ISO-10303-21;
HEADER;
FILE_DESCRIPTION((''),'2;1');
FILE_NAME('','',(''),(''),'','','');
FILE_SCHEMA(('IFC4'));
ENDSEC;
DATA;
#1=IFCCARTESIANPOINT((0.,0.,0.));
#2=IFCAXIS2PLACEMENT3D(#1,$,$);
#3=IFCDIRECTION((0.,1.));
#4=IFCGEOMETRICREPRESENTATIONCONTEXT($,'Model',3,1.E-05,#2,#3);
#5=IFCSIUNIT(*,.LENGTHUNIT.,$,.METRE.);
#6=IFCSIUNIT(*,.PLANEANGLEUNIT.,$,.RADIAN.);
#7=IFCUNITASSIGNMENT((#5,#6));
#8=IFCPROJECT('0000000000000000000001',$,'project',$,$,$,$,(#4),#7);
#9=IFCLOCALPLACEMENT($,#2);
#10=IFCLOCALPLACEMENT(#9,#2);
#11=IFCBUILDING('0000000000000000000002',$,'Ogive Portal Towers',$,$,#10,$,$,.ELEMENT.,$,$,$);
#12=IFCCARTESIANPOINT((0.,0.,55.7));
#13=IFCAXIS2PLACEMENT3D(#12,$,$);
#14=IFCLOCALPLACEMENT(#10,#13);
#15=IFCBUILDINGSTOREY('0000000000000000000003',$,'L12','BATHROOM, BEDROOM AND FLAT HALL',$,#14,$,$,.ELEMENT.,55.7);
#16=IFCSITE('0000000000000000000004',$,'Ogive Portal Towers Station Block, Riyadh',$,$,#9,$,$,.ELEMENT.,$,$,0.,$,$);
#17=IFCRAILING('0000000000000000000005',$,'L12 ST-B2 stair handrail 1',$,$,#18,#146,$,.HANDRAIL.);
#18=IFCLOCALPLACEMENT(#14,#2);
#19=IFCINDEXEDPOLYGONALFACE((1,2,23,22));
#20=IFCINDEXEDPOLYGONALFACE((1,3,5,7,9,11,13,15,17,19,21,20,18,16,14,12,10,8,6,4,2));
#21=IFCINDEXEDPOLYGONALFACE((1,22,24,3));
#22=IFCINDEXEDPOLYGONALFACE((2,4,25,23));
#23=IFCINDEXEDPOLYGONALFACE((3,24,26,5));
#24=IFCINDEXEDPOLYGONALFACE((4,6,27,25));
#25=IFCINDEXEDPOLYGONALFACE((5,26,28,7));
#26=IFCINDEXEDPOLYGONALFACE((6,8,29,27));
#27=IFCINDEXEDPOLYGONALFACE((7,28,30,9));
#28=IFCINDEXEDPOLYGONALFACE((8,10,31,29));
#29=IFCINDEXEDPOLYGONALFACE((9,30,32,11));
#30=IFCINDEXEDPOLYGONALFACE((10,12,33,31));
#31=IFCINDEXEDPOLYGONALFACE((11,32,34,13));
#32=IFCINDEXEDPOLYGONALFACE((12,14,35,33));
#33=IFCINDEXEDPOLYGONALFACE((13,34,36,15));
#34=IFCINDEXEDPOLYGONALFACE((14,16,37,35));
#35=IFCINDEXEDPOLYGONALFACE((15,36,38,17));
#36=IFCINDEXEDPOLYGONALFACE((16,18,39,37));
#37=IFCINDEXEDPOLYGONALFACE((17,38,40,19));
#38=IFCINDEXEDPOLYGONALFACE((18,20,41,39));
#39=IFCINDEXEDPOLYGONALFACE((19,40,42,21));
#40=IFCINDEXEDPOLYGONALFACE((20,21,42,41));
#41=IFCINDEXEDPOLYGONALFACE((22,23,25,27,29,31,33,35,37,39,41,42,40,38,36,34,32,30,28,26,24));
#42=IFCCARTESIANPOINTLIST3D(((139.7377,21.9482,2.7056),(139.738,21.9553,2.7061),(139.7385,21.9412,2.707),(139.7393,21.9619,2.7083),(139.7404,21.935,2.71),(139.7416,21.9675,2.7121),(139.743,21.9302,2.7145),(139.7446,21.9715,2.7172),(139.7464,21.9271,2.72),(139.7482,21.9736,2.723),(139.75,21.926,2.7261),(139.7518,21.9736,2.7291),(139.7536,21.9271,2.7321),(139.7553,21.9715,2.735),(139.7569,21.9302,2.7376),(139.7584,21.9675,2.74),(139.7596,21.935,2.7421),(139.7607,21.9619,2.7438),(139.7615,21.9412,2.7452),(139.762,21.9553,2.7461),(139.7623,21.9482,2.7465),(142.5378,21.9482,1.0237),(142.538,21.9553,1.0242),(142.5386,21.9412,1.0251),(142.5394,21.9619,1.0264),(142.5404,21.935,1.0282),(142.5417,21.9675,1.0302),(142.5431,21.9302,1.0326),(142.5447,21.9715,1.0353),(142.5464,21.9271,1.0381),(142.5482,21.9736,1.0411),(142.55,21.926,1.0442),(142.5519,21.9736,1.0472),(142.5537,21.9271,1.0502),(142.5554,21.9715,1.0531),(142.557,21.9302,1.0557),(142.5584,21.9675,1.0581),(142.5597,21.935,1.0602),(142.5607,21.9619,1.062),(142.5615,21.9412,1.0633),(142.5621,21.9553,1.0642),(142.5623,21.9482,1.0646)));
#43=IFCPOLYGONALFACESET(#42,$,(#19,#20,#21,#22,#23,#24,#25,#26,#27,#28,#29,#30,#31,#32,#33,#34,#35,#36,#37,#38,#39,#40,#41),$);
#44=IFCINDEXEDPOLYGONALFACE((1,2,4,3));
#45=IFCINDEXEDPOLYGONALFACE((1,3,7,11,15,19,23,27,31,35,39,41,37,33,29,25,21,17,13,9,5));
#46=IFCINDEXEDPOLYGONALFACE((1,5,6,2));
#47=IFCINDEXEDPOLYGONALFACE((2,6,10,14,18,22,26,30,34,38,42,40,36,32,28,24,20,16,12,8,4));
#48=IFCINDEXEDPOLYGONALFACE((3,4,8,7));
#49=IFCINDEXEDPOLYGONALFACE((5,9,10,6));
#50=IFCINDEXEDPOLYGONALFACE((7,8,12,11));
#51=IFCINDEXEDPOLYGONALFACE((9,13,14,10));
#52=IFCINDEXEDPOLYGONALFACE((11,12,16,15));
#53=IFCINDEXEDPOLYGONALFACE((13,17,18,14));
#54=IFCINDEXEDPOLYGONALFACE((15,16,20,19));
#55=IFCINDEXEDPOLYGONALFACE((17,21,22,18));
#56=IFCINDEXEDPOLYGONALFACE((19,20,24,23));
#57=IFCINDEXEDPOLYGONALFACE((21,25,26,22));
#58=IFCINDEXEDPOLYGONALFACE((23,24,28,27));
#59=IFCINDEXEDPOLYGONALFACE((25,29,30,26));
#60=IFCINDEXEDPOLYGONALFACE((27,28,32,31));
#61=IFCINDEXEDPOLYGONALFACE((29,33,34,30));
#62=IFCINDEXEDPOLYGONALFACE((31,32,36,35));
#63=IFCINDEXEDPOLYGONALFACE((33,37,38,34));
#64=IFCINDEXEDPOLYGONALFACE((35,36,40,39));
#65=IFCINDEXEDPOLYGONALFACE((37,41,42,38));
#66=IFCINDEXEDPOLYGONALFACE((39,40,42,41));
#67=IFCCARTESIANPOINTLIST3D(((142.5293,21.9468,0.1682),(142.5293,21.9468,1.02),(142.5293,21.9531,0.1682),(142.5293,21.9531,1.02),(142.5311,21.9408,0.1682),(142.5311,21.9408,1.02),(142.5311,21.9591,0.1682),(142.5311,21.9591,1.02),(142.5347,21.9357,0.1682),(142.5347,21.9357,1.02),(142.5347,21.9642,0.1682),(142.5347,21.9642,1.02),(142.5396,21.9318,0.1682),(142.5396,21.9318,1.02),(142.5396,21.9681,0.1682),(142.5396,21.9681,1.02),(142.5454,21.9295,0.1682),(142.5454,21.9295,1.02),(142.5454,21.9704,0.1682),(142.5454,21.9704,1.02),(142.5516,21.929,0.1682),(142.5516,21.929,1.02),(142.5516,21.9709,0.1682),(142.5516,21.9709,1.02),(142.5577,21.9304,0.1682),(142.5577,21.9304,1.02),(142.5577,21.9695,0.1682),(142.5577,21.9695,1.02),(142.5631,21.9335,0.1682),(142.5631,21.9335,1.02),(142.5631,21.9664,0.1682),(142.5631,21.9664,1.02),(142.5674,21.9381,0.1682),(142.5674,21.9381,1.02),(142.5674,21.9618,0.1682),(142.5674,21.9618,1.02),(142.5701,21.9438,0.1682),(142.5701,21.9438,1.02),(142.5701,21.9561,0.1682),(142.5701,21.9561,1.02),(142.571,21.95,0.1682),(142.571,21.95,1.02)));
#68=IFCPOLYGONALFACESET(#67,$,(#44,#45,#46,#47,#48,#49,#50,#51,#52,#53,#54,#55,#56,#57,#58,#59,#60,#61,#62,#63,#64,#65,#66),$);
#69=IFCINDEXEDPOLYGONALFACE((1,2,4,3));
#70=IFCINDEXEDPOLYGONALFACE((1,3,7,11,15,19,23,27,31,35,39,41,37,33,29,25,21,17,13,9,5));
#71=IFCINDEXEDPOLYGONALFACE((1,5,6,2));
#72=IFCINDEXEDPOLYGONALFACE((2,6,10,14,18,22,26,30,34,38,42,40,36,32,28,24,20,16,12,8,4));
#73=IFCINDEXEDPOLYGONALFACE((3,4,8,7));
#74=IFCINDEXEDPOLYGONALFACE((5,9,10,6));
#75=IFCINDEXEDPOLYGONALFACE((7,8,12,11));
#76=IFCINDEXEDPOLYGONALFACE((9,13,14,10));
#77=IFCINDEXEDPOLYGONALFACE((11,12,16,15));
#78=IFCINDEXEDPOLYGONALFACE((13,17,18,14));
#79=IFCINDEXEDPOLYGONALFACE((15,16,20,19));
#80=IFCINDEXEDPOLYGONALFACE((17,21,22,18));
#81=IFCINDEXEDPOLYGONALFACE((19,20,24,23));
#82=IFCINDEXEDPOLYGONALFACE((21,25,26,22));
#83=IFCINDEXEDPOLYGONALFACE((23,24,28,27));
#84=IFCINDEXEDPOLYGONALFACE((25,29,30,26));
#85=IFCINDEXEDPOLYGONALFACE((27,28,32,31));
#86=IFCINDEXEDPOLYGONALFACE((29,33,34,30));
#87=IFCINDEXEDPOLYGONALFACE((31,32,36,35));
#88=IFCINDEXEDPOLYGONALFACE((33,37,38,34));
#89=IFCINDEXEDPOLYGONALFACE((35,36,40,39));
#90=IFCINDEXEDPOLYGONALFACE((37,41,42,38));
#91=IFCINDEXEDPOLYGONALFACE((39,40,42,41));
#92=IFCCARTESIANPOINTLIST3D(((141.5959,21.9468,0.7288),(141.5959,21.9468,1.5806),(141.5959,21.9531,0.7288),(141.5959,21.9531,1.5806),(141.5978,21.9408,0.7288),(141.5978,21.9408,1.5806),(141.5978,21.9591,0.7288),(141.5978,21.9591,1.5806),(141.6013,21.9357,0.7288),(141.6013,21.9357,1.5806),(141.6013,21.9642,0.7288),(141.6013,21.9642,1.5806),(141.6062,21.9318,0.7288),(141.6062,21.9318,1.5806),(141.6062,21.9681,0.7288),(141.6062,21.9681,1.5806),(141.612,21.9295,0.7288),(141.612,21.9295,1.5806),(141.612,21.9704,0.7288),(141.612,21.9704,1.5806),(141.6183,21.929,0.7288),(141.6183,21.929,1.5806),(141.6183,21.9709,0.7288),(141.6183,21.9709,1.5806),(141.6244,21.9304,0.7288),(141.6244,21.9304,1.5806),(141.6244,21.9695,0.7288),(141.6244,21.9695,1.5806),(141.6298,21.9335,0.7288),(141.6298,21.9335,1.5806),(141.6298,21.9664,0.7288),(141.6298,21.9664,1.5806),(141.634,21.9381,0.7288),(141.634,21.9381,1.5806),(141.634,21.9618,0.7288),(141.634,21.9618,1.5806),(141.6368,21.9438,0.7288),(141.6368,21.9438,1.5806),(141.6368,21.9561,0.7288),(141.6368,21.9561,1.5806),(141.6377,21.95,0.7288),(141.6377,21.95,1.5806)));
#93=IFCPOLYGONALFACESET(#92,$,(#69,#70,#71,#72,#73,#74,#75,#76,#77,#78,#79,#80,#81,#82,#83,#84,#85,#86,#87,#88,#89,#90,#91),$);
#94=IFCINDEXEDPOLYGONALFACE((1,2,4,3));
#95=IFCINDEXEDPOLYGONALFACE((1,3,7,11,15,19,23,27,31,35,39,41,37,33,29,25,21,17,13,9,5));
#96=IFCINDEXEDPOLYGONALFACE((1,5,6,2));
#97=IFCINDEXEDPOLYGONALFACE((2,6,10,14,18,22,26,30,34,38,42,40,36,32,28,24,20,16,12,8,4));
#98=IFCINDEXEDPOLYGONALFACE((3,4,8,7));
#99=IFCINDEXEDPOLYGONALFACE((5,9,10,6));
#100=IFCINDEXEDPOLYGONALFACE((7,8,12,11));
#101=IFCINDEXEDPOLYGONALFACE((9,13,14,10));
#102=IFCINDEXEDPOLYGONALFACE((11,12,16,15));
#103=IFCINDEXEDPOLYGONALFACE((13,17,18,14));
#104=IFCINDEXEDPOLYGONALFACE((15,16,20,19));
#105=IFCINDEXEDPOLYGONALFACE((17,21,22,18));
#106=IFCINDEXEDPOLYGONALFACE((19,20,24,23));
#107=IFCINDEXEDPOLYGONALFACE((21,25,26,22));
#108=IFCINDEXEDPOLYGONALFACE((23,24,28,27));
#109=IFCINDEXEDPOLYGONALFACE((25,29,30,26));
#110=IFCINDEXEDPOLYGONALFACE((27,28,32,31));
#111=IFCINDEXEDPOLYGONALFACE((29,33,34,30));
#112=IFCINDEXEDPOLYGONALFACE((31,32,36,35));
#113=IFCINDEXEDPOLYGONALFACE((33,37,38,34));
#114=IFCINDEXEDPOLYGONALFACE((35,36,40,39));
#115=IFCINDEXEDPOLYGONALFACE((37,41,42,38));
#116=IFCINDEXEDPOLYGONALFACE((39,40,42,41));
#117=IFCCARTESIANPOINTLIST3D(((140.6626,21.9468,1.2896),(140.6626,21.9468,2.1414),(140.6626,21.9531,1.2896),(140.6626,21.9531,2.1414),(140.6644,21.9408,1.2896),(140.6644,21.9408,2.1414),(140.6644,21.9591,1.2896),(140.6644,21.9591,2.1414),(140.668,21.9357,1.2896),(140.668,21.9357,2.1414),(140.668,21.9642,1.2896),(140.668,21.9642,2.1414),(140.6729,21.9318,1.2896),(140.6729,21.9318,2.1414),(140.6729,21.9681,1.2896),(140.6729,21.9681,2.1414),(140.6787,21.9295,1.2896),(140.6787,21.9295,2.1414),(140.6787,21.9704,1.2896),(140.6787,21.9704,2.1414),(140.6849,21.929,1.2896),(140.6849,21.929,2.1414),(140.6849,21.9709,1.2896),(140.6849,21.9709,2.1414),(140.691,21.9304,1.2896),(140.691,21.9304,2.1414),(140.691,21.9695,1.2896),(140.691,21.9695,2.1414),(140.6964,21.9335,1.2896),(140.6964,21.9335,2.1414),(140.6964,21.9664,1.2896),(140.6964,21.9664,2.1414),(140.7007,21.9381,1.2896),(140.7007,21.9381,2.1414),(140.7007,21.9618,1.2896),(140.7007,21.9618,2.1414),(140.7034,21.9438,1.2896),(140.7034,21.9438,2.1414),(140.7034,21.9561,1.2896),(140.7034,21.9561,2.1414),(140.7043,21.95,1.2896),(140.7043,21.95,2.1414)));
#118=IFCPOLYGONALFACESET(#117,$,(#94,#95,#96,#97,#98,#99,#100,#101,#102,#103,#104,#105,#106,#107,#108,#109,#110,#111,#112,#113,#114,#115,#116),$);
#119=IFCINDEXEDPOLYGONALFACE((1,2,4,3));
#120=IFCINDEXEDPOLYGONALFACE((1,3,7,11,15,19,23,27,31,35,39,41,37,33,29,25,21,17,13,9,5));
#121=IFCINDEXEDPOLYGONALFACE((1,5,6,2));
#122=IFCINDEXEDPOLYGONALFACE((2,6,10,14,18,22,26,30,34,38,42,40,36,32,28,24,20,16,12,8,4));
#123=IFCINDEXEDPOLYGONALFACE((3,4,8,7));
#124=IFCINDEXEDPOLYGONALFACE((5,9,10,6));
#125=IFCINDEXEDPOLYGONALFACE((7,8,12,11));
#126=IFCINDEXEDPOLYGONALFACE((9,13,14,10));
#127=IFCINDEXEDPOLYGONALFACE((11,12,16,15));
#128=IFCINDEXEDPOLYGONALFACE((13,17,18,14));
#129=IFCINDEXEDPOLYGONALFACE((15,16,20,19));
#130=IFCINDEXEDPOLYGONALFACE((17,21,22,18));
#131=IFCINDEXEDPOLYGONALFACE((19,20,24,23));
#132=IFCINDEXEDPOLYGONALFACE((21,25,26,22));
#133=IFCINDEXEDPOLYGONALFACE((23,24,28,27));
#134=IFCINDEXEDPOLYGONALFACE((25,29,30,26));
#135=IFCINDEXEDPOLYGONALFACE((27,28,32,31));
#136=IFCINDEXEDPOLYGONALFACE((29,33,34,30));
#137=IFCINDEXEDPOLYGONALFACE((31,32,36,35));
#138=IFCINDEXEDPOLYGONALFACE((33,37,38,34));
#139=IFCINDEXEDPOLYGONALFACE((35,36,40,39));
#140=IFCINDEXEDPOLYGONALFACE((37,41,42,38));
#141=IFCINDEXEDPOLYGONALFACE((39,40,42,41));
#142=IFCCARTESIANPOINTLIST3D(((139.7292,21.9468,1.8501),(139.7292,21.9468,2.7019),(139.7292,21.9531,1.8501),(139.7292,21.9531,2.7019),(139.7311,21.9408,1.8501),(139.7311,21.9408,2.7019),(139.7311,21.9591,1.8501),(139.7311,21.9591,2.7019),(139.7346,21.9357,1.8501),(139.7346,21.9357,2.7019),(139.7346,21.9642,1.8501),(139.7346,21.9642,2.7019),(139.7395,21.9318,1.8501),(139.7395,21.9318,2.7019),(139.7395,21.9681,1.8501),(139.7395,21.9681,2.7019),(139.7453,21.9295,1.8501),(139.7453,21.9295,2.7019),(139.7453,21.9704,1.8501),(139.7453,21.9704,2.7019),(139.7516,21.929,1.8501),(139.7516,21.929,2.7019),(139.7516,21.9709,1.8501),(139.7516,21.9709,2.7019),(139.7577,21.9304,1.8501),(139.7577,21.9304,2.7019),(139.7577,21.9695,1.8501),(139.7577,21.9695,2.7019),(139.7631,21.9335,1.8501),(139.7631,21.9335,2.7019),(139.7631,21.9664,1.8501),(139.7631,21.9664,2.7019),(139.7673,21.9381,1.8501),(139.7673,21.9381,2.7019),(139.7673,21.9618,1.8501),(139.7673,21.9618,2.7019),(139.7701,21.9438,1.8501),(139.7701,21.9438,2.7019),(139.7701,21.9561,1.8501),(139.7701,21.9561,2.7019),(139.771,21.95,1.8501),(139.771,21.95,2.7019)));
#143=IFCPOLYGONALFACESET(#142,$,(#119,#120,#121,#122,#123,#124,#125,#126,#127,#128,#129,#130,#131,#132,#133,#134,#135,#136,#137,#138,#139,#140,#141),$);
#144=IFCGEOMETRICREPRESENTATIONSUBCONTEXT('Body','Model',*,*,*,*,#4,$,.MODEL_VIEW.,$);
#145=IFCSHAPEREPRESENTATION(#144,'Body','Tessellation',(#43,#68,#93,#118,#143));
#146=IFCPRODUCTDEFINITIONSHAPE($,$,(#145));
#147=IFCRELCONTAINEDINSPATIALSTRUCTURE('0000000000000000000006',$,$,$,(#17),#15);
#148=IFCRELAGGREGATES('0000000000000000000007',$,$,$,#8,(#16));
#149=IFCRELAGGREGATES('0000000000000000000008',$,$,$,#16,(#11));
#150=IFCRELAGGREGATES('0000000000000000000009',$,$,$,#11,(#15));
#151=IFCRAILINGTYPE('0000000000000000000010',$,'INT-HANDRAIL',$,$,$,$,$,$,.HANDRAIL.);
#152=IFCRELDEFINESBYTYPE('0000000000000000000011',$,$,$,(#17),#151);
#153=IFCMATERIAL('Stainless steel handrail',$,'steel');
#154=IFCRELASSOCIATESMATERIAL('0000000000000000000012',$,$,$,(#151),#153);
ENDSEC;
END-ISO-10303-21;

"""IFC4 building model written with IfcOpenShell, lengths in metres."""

from ifc_helpers import new_model, si_unit, direction, frame, origin, origin_2d, place, context, subcontext, project, spatial, circle, extrude, material, type_object, element, save


model = new_model("IFC4")

# Units and contexts
model_context = context("Model", 3, precision=1e-05, world=origin(), true_north=direction((0.0, 1.0)))
body_context = subcontext(model_context, "Body", "Model", "MODEL_VIEW")
ifc_project = project(units=[si_unit("LENGTHUNIT", "METRE"), si_unit("PLANEANGLEUNIT", "RADIAN")], contexts=[model_context])

# Site, building, storey
site_placement = place(None, origin())
site = spatial("IfcSite", under=ifc_project, at=site_placement, Name="Ogive Portal Towers Station Block, Riyadh", CompositionType="ELEMENT", RefElevation=0.0)
building_placement = place(site_placement, origin())
building = spatial("IfcBuilding", under=site, at=building_placement, Name="Ogive Portal Towers", CompositionType="ELEMENT")
storey_placement = place(building_placement, frame((0.0, 0.0, 55.7)))
storey = spatial("IfcBuildingStorey", under=building, at=storey_placement, Name="L12", Description="BATHROOM, BEDROOM AND FLAT HALL", CompositionType="ELEMENT", Elevation=55.7)

# Railing
ifc_material_1 = material(Name="Stainless steel handrail", Category="steel")
railing_type_1 = type_object("IfcRailingType", Name="INT-HANDRAIL", PredefinedType="HANDRAIL", material=ifc_material_1)
railing_1_placement = place(storey_placement, frame((142.55, 21.95, 0.1682)))
element("IfcRailing", 1, at=railing_1_placement, inside=storey, type_object=railing_type_1, Name="L12 ST-B2 stair handrail 1", PredefinedType="HANDRAIL", context=body_context, shape_type="SweptSolid", body=[
    extrude(circle(Radius=0.0239, at=origin_2d()), frame((0.0, 0.0, 0.876), z_axis=(-0.857242, 0.0, 0.514913), x_axis=(0.0, -1.0, 0.0)), (0.0, 0.0, 1.0), 3.2664),
    extrude(circle(Radius=0.021, at=origin_2d()), origin(), (0.0, 0.0, 1.0), 0.8518),
    extrude(circle(Radius=0.021, at=origin_2d()), frame((-0.9333, 0.0, 0.5605)), (0.0, 0.0, 1.0), 0.8518),
    extrude(circle(Radius=0.021, at=origin_2d()), frame((-1.8667, 0.0, 1.1213)), (0.0, 0.0, 1.0), 0.8518),
    extrude(circle(Radius=0.021, at=origin_2d()), frame((-2.8, 0.0, 1.6819)), (0.0, 0.0, 1.0), 0.8518),
])

save(model, "model.ifc")
